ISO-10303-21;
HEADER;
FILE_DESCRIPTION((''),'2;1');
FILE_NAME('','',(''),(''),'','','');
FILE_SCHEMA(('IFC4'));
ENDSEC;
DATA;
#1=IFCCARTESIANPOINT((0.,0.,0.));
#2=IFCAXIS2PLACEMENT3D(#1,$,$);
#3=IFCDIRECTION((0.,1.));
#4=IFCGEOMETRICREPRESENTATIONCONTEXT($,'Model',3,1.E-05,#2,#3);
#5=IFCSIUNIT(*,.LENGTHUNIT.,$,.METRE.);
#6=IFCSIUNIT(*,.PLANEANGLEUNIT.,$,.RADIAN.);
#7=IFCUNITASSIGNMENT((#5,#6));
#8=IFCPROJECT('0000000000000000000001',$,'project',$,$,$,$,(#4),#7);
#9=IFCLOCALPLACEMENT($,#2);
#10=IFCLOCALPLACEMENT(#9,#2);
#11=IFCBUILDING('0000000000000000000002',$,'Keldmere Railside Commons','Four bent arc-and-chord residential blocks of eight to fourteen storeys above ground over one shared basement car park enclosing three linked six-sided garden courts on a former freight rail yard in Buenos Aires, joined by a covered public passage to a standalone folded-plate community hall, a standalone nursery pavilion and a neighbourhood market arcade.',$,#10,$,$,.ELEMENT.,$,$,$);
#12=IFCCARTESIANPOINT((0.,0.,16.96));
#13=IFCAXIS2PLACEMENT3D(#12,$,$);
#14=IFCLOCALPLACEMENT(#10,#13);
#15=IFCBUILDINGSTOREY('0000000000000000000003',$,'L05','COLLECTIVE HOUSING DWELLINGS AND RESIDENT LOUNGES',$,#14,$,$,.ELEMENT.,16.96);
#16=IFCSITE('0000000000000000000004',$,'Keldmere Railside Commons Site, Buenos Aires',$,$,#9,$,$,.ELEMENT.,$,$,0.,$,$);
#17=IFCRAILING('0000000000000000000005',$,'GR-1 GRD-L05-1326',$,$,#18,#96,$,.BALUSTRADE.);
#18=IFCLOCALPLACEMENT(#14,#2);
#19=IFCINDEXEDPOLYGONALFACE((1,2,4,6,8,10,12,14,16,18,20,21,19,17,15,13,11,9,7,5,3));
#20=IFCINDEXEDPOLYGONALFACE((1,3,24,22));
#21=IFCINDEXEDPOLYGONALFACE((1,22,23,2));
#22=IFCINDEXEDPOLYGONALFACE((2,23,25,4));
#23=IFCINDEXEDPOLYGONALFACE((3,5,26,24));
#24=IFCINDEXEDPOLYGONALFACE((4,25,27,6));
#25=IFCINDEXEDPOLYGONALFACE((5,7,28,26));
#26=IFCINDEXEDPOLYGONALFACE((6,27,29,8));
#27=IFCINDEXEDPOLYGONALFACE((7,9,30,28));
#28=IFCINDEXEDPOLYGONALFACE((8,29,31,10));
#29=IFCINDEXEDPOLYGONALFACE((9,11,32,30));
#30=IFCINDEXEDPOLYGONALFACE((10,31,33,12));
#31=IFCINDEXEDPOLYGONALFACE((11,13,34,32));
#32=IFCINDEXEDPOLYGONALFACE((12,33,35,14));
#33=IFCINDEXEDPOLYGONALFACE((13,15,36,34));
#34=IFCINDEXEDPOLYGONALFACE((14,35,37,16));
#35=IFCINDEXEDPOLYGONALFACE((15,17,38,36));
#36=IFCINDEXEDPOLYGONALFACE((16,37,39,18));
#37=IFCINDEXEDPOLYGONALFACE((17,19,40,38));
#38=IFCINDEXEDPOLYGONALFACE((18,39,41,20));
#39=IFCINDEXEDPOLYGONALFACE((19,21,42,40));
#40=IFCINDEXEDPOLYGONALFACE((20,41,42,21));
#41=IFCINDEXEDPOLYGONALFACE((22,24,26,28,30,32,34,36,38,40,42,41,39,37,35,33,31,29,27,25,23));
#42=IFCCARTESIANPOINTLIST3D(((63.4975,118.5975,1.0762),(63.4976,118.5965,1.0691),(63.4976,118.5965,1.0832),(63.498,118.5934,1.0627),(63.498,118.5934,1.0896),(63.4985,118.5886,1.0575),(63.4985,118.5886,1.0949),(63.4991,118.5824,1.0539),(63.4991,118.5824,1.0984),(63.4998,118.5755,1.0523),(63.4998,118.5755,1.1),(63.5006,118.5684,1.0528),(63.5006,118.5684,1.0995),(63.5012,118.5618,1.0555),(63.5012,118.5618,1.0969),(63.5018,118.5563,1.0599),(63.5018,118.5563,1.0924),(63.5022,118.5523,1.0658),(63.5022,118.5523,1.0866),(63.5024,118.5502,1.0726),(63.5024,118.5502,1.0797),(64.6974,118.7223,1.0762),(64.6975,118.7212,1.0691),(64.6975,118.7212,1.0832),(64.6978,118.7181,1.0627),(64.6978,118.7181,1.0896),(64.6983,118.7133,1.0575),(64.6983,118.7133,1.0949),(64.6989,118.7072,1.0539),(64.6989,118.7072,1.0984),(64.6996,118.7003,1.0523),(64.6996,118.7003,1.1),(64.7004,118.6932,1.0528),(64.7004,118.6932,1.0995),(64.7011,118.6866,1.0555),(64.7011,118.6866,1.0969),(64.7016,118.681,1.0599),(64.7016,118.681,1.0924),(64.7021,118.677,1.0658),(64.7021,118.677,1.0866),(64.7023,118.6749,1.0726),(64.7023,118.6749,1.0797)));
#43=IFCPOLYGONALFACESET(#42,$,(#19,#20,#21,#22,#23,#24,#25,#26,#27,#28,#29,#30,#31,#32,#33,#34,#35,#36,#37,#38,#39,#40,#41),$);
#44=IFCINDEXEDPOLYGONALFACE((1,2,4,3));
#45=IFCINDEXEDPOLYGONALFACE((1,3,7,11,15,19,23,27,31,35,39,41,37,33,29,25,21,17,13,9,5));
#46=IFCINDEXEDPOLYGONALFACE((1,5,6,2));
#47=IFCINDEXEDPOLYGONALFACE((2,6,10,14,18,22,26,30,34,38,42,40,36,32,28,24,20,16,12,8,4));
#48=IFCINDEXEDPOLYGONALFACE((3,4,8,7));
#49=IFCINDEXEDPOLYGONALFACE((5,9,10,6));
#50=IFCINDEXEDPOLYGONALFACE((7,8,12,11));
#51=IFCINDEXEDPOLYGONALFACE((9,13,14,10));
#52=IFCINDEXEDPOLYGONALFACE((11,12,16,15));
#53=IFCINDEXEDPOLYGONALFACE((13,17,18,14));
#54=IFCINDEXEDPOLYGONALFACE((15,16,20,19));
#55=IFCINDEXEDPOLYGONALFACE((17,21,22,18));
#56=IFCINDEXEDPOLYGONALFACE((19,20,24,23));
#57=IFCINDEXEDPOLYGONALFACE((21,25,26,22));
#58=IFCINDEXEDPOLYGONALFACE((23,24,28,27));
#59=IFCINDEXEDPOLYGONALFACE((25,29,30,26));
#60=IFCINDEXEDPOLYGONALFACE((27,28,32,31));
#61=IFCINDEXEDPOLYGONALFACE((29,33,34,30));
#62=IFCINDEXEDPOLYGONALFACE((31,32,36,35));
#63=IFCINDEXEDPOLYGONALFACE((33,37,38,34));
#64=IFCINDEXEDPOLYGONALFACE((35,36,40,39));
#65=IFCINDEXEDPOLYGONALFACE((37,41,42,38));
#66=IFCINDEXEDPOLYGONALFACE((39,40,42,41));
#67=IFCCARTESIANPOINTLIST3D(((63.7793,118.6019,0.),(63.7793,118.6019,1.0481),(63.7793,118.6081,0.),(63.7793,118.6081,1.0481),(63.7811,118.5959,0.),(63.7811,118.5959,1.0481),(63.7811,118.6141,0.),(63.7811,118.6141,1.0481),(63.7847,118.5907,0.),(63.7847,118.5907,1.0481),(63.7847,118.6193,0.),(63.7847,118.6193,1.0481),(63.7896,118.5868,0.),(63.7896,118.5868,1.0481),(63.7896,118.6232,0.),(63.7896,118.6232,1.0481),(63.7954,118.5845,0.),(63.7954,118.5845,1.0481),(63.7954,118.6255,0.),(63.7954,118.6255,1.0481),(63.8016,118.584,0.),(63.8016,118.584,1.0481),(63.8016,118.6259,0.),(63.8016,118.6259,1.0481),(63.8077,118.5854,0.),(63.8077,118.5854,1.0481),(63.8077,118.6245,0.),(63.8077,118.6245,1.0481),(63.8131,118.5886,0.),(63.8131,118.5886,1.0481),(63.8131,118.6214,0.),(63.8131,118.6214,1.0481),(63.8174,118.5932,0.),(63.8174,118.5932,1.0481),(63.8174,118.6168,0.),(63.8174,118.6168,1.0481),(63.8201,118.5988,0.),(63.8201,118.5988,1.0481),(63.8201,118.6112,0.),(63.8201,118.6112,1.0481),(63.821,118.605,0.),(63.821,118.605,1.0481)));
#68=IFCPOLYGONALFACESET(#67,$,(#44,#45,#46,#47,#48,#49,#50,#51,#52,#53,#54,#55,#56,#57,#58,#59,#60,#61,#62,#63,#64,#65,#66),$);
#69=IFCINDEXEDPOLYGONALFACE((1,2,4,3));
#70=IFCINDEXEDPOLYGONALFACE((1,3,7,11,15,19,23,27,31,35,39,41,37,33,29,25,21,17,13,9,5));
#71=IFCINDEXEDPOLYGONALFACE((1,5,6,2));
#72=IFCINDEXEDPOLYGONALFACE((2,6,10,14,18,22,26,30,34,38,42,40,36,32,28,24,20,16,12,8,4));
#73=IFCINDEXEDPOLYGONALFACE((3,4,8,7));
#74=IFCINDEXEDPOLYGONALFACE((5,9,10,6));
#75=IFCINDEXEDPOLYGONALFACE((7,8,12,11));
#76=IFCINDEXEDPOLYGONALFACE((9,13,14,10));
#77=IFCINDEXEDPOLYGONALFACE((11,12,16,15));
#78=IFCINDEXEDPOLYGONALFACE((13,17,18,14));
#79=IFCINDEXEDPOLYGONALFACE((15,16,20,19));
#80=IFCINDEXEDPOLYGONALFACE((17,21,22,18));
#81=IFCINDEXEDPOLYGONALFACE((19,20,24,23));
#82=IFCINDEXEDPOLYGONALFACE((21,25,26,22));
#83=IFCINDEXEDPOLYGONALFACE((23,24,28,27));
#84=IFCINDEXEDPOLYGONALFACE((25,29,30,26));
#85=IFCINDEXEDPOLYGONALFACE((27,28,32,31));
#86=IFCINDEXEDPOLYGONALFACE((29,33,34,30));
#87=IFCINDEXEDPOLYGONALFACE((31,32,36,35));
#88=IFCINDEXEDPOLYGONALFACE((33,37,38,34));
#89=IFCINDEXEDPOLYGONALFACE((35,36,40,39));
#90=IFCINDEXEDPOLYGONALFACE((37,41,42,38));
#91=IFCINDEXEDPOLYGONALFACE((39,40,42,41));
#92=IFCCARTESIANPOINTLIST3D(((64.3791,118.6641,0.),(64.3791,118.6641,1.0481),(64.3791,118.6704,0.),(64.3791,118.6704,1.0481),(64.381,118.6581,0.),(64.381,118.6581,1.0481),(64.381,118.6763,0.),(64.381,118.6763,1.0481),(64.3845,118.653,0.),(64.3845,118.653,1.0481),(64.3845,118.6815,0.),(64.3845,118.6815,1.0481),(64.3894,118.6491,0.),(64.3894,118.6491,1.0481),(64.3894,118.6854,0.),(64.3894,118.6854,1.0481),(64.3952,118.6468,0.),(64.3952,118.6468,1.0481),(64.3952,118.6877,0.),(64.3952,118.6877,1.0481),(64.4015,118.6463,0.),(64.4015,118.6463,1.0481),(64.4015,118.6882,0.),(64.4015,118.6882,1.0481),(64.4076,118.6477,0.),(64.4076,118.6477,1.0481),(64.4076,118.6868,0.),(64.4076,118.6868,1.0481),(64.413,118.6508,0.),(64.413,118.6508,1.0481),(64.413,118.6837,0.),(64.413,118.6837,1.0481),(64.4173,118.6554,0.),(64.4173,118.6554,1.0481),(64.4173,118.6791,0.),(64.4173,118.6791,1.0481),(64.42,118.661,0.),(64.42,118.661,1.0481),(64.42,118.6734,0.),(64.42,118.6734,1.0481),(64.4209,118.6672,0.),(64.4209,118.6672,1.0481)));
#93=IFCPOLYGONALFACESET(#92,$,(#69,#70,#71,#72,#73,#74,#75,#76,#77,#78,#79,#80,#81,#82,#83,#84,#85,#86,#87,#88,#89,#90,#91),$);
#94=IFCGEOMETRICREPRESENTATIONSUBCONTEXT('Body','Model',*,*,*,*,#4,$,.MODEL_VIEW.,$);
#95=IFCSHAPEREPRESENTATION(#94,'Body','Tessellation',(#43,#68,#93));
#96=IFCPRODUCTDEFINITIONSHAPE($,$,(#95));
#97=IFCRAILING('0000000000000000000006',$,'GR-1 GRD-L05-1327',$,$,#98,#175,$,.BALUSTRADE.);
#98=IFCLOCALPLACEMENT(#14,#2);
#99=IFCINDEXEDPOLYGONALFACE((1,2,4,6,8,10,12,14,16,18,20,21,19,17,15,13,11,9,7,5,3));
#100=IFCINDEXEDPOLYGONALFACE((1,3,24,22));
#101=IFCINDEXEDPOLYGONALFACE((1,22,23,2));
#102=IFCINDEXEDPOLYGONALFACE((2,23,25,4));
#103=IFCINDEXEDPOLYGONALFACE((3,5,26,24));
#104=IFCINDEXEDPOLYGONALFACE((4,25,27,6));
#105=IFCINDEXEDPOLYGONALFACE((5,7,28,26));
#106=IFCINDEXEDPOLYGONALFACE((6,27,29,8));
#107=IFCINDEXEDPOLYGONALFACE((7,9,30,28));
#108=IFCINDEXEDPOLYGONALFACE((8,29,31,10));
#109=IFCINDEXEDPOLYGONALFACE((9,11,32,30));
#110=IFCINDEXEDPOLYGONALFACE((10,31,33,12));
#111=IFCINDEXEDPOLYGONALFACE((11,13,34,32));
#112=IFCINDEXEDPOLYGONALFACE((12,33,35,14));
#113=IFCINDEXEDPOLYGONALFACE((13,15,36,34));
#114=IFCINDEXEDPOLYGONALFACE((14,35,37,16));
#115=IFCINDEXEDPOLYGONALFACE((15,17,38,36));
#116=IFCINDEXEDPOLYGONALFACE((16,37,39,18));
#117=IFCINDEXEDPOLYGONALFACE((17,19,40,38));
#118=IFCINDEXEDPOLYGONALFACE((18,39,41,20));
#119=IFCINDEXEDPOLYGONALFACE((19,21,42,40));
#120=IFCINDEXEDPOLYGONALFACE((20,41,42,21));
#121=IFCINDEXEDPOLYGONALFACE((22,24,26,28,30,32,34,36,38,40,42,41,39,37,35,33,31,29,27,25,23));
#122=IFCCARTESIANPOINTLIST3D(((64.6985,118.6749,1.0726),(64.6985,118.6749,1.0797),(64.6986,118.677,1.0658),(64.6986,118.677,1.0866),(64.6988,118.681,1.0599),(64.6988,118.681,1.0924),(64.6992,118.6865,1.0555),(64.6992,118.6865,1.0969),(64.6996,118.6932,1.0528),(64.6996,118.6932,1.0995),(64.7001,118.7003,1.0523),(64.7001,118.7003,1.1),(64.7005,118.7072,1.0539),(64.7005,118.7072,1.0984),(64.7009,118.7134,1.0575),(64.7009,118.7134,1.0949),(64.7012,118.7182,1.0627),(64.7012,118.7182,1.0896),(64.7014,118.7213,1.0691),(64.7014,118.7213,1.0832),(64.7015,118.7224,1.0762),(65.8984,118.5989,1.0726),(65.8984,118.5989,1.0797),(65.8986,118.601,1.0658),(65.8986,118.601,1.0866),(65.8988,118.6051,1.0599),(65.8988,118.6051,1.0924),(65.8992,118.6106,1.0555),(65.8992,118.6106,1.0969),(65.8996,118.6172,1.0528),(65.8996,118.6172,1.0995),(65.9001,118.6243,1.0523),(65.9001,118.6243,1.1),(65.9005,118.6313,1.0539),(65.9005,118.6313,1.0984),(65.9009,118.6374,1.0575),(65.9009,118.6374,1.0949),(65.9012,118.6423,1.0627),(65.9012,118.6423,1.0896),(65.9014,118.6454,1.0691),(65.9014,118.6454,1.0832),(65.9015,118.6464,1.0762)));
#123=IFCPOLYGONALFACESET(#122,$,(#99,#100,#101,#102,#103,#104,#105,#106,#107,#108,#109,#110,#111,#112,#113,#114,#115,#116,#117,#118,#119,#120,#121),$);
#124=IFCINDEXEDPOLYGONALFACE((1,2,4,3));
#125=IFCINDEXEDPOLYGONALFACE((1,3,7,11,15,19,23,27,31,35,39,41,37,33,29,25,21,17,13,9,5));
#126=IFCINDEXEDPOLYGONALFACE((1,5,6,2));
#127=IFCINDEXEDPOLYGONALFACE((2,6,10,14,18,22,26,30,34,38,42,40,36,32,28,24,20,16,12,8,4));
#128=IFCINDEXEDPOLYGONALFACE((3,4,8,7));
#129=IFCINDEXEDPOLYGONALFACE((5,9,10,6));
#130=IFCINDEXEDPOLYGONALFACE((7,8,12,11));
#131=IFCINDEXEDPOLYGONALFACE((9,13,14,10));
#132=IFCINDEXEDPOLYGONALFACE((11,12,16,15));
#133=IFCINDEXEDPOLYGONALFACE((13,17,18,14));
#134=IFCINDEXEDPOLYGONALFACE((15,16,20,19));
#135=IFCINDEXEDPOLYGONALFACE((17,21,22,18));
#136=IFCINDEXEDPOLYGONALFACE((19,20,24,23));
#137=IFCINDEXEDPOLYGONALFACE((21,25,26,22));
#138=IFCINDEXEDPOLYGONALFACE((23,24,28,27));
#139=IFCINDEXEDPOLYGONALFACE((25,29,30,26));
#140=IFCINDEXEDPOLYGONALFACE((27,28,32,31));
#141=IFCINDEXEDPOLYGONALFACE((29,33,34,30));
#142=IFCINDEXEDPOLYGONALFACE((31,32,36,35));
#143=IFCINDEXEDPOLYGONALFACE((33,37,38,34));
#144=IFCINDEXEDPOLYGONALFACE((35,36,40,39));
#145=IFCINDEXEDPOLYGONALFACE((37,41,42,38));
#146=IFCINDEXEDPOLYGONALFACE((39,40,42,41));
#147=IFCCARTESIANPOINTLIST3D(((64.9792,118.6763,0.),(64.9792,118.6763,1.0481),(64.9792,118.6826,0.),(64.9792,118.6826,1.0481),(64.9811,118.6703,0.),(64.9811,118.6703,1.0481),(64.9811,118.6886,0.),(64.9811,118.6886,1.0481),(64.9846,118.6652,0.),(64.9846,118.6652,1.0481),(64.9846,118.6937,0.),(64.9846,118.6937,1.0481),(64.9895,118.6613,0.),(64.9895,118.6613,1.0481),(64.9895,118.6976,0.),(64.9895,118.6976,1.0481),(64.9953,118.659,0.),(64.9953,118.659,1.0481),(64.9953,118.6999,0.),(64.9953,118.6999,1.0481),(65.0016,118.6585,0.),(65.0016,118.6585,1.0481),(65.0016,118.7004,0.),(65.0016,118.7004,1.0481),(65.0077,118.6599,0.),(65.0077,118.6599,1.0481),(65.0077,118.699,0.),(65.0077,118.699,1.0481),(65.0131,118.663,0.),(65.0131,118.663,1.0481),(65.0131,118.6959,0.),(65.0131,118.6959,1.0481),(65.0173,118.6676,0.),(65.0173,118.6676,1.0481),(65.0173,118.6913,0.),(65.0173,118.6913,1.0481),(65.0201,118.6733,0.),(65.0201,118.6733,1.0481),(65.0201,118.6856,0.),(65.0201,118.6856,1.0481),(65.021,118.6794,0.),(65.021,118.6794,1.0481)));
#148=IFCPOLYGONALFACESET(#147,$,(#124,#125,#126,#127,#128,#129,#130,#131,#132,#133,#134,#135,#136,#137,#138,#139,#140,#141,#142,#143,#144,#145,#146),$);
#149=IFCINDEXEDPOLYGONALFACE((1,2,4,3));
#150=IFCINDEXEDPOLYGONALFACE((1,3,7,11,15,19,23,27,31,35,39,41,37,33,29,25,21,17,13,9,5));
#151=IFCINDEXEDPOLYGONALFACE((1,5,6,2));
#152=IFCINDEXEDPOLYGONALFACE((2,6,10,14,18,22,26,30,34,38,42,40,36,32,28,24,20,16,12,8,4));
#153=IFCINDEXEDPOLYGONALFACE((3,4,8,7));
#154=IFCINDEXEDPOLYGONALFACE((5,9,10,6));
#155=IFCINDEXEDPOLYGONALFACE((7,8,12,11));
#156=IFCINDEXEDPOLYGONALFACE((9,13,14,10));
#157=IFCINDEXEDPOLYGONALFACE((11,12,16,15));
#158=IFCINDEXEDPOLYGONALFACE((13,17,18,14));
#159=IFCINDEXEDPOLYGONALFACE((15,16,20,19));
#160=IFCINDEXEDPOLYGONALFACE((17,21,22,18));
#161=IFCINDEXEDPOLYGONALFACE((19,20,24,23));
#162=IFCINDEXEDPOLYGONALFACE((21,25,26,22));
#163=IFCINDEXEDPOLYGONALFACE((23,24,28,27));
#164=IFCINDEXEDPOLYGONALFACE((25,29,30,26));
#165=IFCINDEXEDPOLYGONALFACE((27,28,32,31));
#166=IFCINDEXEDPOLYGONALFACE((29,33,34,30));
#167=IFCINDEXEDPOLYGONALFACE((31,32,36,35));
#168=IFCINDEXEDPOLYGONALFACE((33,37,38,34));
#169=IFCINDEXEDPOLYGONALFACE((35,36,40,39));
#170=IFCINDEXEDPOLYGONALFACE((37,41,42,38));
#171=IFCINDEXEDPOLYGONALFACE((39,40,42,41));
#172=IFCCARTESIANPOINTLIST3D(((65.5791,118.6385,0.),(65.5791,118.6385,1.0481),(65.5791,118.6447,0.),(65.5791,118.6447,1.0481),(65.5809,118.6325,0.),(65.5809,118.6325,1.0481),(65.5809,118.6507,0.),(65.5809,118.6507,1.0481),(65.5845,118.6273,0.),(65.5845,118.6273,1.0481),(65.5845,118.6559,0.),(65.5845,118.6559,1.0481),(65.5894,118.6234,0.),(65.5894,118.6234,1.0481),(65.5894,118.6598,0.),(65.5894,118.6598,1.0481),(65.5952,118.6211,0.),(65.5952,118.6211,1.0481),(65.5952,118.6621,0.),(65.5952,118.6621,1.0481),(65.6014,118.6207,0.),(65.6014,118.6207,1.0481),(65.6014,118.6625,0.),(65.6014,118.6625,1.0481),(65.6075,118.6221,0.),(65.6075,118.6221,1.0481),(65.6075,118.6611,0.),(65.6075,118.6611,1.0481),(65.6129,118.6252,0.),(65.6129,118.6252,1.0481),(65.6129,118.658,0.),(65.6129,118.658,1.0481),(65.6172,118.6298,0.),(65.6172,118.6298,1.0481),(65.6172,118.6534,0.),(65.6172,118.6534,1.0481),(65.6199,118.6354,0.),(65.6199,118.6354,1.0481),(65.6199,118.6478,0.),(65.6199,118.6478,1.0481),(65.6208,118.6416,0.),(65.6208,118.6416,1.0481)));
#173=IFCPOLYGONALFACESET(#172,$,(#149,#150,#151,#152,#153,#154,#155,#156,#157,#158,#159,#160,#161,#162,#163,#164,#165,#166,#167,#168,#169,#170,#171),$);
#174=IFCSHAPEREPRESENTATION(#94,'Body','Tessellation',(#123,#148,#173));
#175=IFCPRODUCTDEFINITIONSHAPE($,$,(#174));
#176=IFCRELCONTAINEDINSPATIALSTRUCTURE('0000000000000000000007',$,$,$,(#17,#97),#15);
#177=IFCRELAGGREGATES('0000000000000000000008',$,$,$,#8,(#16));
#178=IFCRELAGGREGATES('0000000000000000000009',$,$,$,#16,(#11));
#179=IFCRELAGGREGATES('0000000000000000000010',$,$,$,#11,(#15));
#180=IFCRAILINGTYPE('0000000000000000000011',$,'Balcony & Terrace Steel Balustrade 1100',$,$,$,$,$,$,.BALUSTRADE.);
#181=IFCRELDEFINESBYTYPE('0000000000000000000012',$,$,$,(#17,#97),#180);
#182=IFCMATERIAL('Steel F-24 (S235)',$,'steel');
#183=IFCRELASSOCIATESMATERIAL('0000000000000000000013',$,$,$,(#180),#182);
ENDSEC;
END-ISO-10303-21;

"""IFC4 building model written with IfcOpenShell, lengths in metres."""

from ifc_helpers import new_model, si_unit, direction, frame, origin, origin_2d, place, context, subcontext, project, spatial, circle, extrude, material, type_object, element, save


model = new_model("IFC4")

# Units and contexts
model_context = context("Model", 3, precision=1e-05, world=origin(), true_north=direction((0.0, 1.0)))
body_context = subcontext(model_context, "Body", "Model", "MODEL_VIEW")
ifc_project = project(units=[si_unit("LENGTHUNIT", "METRE"), si_unit("PLANEANGLEUNIT", "RADIAN")], contexts=[model_context])

# Site, building, storey
site_placement = place(None, origin())
site = spatial("IfcSite", under=ifc_project, at=site_placement, Name="Keldmere Railside Commons Site, Buenos Aires", CompositionType="ELEMENT", RefElevation=0.0)
building_placement = place(site_placement, origin())
building = spatial("IfcBuilding", under=site, at=building_placement, Name="Keldmere Railside Commons", Description="Four bent arc-and-chord residential blocks of eight to fourteen storeys above ground over one shared basement car park enclosing three linked six-sided garden courts on a former freight rail yard in Buenos Aires, joined by a covered public passage to a standalone folded-plate community hall, a standalone nursery pavilion and a neighbourhood market arcade.", CompositionType="ELEMENT")
storey_placement = place(building_placement, frame((0.0, 0.0, 16.96)))
storey = spatial("IfcBuildingStorey", under=building, at=storey_placement, Name="L05", Description="COLLECTIVE HOUSING DWELLINGS AND RESIDENT LOUNGES", CompositionType="ELEMENT", Elevation=16.96)

# Shared definitions
ifc_material_1 = material(Name="Steel F-24 (S235)", Category="steel")

# Railings
railing_type = type_object("IfcRailingType", Name="Balcony & Terrace Steel Balustrade 1100", PredefinedType="BALUSTRADE", material=ifc_material_1)
railing_1_placement = place(storey_placement, frame((63.5, 118.5737, 0.0)))
element("IfcRailing", 1, at=railing_1_placement, inside=storey, type_object=railing_type, Name="GR-1 GRD-L05-1326", PredefinedType="BALUSTRADE", context=body_context, shape_type="SweptSolid", body=[
    extrude(circle(Radius=0.0239, at=origin_2d()), frame((0.0, 0.0, 1.0762), z_axis=(0.994639, 0.10341, 0.0), x_axis=(-0.10341, 0.994639, 0.0)), (0.0, 0.0, 1.0), 1.2063),
    extrude(circle(Radius=0.021, at=origin_2d()), frame((0.3, 0.0312, 0.0)), (0.0, 0.0, 1.0), 1.0481),
    extrude(circle(Radius=0.021, at=origin_2d()), frame((0.8999, 0.0935, 0.0)), (0.0, 0.0, 1.0), 1.0481),
])
railing_2_placement = place(storey_placement, frame((64.7, 118.6985, 0.0)))
element("IfcRailing", 2, at=railing_2_placement, inside=storey, type_object=railing_type, Name="GR-1 GRD-L05-1327", PredefinedType="BALUSTRADE", context=body_context, shape_type="SweptSolid", body=[
    extrude(circle(Radius=0.0239, at=origin_2d()), frame((0.0, 0.0, 1.0762), z_axis=(0.998004, -0.063149, 0.0), x_axis=(0.063149, 0.998004, 0.0)), (0.0, 0.0, 1.0), 1.2024),
    extrude(circle(Radius=0.021, at=origin_2d()), frame((0.3, -0.019, 0.0)), (0.0, 0.0, 1.0), 1.0481),
    extrude(circle(Radius=0.021, at=origin_2d()), frame((0.8999, -0.0569, 0.0)), (0.0, 0.0, 1.0), 1.0481),
])

save(model, "model.ifc")
